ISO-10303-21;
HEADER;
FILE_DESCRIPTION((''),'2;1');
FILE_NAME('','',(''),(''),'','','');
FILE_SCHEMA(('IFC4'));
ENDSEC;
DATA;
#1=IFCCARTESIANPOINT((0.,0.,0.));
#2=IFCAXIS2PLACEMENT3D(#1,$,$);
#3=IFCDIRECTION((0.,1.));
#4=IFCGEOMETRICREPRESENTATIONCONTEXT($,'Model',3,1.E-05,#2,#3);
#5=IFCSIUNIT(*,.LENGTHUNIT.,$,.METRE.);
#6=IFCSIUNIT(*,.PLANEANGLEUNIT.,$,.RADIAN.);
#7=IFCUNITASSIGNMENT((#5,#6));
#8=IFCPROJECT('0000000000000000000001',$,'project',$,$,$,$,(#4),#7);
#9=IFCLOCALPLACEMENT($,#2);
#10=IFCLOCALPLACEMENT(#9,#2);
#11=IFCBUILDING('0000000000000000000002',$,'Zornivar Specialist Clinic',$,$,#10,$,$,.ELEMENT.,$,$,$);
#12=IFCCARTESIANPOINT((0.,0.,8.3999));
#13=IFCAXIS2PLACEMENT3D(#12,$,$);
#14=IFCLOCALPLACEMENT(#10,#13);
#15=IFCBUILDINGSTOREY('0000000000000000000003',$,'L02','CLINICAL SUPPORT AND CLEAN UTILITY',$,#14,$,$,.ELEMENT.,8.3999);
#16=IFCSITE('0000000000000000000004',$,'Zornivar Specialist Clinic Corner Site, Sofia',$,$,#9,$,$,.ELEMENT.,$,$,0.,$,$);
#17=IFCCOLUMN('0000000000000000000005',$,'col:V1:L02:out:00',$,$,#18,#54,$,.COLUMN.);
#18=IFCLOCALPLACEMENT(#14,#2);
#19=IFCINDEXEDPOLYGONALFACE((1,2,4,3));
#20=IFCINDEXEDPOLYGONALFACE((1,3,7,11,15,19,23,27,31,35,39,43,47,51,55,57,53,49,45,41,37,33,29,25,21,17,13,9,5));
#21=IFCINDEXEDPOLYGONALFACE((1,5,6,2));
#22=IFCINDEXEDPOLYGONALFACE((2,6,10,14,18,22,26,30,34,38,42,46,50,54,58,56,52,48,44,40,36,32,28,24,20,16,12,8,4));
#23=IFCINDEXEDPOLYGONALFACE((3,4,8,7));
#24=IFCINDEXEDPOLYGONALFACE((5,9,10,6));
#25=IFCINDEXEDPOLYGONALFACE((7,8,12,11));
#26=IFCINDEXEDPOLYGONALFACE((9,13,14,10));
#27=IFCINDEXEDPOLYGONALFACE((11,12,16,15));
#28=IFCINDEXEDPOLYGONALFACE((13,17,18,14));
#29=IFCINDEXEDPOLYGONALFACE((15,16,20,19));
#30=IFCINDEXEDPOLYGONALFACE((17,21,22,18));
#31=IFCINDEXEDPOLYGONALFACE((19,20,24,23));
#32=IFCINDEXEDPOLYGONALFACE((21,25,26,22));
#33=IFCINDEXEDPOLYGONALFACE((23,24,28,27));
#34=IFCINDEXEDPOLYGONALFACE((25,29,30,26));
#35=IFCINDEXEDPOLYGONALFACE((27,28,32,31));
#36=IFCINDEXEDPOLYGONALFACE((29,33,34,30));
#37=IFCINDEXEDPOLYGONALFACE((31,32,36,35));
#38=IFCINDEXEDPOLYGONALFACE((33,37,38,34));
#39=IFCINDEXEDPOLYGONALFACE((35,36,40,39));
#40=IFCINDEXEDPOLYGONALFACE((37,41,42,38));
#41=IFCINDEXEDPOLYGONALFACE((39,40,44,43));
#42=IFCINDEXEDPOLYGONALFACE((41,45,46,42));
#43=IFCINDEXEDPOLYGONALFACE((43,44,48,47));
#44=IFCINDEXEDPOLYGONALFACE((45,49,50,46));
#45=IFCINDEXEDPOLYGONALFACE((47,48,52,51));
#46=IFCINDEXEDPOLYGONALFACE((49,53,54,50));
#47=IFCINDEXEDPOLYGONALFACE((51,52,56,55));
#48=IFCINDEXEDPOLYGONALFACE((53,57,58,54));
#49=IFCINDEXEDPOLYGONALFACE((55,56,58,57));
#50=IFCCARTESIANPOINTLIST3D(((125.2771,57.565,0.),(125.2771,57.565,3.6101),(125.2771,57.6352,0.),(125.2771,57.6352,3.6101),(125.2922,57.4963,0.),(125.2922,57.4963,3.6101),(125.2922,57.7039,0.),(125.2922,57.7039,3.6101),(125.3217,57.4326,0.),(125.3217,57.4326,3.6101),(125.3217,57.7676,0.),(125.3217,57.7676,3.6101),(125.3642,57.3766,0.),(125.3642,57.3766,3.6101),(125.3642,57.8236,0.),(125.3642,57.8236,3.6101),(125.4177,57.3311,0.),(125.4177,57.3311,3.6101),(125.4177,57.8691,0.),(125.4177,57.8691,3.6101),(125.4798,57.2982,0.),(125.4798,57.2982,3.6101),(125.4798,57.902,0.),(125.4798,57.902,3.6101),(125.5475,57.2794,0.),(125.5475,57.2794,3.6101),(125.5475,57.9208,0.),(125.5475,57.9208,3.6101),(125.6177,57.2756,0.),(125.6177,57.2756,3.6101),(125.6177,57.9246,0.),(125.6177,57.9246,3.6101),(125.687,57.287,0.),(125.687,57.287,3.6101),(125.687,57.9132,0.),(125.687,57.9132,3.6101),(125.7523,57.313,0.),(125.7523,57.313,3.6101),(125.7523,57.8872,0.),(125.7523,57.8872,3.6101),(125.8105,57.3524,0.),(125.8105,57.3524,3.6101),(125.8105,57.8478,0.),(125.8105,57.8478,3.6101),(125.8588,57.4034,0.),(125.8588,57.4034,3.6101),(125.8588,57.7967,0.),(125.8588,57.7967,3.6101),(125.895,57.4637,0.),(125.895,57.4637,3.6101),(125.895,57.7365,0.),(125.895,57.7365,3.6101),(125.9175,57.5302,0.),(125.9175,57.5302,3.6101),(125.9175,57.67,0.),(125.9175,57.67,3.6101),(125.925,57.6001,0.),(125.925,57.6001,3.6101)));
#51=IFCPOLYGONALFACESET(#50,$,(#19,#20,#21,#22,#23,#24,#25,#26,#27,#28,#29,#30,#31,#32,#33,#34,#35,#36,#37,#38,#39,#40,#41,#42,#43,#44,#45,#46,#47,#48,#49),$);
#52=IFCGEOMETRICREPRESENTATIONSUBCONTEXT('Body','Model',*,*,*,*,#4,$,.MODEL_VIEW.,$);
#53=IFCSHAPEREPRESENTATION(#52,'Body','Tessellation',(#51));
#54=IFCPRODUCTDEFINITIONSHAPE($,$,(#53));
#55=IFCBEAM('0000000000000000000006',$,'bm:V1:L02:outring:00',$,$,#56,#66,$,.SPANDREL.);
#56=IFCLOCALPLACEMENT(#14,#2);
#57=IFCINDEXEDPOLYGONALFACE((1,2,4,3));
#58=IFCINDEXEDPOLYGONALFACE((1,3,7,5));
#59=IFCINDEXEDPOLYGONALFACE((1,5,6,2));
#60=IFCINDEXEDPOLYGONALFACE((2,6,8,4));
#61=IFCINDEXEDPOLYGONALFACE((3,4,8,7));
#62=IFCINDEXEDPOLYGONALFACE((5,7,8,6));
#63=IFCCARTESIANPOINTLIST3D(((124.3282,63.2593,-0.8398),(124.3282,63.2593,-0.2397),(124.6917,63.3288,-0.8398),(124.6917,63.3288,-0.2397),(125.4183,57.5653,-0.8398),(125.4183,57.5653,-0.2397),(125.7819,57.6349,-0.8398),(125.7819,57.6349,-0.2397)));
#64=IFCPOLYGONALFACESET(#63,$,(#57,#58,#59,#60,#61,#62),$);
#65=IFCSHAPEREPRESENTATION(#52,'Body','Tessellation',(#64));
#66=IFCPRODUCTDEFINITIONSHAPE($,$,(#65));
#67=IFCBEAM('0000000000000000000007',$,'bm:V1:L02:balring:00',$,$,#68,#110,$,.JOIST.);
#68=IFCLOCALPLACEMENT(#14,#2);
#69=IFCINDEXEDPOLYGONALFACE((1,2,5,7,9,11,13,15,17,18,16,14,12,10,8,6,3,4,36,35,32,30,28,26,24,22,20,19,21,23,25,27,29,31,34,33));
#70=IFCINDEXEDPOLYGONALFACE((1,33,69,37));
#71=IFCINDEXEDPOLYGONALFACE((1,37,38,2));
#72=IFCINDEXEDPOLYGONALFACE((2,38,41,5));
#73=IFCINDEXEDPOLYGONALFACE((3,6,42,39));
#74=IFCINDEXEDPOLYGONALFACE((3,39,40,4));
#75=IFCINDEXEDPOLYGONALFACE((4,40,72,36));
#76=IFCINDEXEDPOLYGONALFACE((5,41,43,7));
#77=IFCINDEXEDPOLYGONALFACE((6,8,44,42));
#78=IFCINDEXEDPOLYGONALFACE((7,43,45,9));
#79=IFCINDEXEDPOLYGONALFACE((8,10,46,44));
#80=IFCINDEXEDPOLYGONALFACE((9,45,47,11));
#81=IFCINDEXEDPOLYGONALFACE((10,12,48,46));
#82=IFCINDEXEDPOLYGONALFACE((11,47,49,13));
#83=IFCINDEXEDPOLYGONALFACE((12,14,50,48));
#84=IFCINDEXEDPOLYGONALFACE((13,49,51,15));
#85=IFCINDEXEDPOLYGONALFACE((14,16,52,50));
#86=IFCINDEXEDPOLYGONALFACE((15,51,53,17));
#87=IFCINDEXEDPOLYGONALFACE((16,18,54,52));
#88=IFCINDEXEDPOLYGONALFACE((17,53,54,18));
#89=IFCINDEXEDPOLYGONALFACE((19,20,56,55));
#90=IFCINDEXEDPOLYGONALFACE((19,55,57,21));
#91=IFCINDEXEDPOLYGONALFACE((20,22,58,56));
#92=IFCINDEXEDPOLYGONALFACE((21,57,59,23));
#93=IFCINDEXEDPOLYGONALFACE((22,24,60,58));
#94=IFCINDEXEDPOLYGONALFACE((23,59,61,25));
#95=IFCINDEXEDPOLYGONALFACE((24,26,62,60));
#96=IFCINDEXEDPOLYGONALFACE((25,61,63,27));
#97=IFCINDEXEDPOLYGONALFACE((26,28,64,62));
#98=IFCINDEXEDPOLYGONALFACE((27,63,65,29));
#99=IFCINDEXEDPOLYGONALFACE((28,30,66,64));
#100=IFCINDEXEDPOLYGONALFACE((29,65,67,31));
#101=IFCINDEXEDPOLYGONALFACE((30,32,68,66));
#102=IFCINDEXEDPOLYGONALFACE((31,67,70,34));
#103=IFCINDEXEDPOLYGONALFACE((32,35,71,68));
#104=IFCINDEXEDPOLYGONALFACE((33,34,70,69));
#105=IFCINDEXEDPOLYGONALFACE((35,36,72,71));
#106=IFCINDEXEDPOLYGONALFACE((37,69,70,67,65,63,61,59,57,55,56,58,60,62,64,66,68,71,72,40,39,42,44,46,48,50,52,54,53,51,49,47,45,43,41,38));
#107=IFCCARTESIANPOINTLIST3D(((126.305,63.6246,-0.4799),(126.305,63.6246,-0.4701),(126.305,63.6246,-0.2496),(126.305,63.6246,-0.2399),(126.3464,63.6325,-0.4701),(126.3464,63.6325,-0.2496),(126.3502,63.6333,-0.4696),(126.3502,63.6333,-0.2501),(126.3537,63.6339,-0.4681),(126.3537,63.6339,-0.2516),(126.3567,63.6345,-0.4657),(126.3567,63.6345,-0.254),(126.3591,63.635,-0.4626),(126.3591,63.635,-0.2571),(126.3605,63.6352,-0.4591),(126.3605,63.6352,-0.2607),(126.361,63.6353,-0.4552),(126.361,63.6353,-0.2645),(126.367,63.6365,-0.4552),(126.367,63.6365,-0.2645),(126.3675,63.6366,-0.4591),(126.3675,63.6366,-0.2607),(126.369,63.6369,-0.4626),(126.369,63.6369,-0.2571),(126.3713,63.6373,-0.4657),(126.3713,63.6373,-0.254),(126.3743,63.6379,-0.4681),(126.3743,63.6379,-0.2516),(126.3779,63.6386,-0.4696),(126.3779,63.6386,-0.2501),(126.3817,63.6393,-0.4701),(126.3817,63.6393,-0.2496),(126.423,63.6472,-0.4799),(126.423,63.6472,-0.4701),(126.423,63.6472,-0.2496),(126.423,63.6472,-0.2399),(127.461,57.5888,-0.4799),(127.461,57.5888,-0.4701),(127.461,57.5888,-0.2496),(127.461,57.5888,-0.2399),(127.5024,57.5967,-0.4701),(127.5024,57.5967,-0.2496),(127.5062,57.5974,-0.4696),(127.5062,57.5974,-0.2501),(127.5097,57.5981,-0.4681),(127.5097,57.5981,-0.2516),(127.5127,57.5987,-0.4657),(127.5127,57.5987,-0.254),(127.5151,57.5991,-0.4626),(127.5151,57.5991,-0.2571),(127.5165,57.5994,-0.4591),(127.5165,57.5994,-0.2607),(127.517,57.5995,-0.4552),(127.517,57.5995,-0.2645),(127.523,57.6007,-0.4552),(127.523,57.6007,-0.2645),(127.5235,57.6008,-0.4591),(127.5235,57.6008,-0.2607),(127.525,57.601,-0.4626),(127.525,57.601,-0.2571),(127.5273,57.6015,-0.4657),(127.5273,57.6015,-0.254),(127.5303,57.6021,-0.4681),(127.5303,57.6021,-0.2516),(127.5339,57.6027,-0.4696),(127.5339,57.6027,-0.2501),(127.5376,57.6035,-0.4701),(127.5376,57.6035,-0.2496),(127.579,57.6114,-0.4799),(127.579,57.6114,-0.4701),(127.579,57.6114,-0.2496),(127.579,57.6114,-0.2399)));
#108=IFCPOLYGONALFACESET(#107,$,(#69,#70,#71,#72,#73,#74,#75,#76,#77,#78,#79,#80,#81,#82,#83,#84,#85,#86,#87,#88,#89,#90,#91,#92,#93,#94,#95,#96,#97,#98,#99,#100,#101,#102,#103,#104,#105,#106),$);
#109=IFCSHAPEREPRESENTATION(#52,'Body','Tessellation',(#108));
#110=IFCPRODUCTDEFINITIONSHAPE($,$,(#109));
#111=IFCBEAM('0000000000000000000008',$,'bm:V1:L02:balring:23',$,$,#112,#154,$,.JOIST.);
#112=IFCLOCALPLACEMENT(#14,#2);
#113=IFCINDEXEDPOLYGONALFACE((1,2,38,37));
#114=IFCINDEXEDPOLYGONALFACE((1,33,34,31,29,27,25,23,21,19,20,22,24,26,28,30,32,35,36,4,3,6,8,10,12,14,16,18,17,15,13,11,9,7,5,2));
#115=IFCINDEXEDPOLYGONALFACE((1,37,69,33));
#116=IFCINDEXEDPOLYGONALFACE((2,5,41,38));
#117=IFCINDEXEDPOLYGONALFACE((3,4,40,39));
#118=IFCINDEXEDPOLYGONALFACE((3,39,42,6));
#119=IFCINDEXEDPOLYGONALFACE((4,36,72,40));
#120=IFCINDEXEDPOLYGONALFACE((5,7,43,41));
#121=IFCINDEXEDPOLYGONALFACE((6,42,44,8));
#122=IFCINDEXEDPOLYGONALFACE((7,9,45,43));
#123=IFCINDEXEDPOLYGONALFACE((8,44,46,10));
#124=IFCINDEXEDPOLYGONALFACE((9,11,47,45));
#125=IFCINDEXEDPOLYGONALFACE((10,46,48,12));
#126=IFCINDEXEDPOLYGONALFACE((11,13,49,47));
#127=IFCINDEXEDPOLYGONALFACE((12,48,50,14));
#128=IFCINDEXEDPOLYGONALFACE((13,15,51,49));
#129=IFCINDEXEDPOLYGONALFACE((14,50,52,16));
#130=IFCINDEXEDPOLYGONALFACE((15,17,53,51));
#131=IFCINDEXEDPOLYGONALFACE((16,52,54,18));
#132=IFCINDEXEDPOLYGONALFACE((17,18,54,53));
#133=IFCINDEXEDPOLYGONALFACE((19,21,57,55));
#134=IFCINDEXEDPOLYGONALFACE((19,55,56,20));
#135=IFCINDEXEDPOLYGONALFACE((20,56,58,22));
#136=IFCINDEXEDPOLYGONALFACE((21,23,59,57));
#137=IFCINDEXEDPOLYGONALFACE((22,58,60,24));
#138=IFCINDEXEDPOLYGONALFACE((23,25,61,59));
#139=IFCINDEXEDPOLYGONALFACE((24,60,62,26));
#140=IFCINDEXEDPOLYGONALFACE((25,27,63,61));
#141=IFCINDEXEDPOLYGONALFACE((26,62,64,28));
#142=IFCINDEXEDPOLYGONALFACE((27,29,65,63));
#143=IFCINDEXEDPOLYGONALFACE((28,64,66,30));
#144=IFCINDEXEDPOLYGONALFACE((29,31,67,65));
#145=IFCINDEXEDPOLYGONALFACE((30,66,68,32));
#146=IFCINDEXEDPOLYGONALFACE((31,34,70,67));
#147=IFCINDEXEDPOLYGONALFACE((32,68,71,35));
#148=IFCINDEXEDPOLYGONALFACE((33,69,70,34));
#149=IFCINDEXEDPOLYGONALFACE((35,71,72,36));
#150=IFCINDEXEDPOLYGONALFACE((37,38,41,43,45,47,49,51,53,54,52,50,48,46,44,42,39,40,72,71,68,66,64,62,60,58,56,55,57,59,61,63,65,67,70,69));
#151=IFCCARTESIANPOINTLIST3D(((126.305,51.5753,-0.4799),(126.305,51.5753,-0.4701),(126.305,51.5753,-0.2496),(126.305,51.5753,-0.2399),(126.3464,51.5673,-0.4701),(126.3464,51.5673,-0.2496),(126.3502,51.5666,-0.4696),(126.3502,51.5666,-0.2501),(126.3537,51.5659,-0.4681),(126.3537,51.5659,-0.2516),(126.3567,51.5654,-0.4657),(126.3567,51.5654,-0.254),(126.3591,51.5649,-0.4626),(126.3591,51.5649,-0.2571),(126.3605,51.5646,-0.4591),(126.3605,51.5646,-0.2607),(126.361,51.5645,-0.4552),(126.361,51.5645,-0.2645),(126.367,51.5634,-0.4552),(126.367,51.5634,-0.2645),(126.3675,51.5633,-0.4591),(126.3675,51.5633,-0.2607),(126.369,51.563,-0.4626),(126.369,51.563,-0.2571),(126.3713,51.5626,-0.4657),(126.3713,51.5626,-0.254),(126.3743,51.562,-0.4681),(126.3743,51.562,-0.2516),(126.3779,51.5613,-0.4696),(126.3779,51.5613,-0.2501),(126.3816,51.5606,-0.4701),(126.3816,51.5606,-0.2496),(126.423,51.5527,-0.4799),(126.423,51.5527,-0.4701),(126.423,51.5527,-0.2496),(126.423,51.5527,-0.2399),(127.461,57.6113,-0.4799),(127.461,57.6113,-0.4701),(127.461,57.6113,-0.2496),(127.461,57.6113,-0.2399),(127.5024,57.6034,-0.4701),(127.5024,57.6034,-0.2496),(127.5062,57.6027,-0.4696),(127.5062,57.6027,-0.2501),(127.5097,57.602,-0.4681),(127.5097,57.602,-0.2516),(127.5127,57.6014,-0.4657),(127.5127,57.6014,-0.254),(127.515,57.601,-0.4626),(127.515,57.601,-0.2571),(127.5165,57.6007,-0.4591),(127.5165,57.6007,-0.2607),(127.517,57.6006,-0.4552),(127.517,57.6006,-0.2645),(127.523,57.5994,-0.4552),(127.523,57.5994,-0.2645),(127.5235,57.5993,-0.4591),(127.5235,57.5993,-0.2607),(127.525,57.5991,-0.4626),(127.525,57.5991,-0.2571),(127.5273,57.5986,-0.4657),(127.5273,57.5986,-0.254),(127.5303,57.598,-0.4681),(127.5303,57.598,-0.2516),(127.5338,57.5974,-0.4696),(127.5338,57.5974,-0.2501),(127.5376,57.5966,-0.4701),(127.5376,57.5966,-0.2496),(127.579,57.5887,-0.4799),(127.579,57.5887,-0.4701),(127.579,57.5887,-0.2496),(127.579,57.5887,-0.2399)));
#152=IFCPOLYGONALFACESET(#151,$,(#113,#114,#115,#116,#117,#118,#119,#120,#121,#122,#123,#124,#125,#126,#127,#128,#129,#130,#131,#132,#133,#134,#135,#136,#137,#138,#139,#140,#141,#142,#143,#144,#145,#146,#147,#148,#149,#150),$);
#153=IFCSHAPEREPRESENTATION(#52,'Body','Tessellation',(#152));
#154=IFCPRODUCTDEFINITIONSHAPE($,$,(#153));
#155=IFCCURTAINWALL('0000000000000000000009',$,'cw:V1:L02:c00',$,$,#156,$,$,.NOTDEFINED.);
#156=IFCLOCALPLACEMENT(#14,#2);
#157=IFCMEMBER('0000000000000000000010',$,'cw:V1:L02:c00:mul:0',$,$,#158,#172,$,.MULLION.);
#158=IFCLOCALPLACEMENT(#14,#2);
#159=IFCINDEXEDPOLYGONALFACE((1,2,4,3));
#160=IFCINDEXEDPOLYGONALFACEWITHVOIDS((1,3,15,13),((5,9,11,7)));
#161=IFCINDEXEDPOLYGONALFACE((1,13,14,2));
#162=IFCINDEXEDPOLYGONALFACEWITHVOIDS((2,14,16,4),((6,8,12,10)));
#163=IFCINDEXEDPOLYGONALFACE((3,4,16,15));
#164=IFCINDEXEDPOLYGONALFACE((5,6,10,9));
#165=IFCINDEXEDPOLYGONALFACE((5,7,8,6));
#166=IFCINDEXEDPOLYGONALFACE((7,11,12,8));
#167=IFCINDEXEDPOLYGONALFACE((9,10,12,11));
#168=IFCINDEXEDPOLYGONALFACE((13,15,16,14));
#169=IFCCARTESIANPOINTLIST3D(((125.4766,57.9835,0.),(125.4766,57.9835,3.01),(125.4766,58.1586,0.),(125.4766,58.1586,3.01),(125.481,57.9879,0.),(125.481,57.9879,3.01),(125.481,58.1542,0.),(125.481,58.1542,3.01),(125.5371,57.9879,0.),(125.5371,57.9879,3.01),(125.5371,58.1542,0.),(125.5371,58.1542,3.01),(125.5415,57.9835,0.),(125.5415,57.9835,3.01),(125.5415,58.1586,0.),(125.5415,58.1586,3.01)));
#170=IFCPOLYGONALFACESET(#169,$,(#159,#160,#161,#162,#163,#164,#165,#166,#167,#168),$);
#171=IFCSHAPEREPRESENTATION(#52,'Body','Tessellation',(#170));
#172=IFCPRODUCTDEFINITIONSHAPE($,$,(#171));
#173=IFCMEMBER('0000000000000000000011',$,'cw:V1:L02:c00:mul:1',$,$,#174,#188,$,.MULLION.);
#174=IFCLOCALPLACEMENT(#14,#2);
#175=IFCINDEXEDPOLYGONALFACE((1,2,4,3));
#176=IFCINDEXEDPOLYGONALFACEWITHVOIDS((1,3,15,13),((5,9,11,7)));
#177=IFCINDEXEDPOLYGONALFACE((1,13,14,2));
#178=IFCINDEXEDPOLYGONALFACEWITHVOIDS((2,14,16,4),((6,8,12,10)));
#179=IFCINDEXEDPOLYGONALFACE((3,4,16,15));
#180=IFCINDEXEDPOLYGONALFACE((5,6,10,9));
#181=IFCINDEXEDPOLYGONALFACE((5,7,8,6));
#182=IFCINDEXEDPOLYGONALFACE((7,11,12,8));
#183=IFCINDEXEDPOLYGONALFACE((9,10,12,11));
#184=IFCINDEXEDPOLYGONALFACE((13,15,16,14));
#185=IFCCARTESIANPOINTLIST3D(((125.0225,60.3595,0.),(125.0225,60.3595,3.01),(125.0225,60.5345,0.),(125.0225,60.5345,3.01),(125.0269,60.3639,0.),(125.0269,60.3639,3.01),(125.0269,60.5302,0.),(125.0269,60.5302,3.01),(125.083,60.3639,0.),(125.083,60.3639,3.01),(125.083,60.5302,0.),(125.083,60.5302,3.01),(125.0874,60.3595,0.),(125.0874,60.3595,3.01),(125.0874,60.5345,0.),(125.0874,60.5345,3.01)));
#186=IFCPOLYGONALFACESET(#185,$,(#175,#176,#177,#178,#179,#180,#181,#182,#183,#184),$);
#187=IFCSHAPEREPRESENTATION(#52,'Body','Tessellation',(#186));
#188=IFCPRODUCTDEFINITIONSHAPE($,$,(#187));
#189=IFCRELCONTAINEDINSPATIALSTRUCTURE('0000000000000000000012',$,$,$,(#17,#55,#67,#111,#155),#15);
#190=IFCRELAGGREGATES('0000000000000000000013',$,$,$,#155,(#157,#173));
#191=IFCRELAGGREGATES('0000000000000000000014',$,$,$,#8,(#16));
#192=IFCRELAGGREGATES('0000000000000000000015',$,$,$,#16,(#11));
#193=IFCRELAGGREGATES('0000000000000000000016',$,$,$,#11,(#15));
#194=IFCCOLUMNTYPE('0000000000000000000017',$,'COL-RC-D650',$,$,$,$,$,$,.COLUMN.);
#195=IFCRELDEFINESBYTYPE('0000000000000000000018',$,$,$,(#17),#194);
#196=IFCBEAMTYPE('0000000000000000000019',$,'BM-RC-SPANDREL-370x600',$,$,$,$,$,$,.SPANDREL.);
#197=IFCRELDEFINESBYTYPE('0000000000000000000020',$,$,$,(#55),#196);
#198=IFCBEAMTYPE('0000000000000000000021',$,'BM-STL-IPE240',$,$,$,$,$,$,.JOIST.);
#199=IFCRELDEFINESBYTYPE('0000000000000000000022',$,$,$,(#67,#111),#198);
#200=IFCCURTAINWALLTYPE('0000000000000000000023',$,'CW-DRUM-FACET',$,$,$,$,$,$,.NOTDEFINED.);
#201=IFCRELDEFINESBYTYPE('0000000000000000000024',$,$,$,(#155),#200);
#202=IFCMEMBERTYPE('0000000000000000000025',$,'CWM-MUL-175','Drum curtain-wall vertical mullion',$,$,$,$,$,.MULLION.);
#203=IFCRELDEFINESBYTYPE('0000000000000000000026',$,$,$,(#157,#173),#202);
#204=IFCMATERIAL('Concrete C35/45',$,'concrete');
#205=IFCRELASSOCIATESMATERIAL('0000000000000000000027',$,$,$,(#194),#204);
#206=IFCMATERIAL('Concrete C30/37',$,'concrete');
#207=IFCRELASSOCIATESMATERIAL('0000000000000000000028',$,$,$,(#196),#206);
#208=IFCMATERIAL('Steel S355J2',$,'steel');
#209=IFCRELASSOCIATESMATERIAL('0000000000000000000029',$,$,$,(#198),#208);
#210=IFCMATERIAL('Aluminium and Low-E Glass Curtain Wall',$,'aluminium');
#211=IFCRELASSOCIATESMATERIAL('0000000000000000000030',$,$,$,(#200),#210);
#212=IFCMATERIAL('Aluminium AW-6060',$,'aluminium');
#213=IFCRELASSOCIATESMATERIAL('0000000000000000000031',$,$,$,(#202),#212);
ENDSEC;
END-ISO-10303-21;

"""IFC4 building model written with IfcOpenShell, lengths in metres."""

from ifc_helpers import new_model, si_unit, direction, frame, origin, origin_2d, place, context, subcontext, project, spatial, rectangle, hollow_rectangle, circle, i_section, extrude, material, material_profile, profile_set, type_object, element, aggregate, save


model = new_model("IFC4")

# Units and contexts
model_context = context("Model", 3, precision=1e-05, world=origin(), true_north=direction((0.0, 1.0)))
body_context = subcontext(model_context, "Body", "Model", "MODEL_VIEW")
ifc_project = project(units=[si_unit("LENGTHUNIT", "METRE"), si_unit("PLANEANGLEUNIT", "RADIAN")], contexts=[model_context])

# Site, building, storey
site_placement = place(None, origin())
site = spatial("IfcSite", under=ifc_project, at=site_placement, Name="Zornivar Specialist Clinic Corner Site, Sofia", CompositionType="ELEMENT", RefElevation=0.0)
building_placement = place(site_placement, origin())
building = spatial("IfcBuilding", under=site, at=building_placement, Name="Zornivar Specialist Clinic", CompositionType="ELEMENT")
storey_placement = place(building_placement, frame((0.0, 0.0, 8.3999)))
storey = spatial("IfcBuildingStorey", under=building, at=storey_placement, Name="L02", Description="CLINICAL SUPPORT AND CLEAN UTILITY", CompositionType="ELEMENT", Elevation=8.3999)

# Column
ifc_material_1 = material(Name="Concrete C35/45", Category="concrete")
ifc_material_profile_1 = material_profile(ifc_material_1, circle(Radius=0.325, at=origin_2d()), Name="RC D650")
ifc_profile_set_1 = profile_set([ifc_material_profile_1], Name="Concrete C35/45")
column_type = type_object("IfcColumnType", Name="COL-RC-D650", PredefinedType="COLUMN", material=ifc_profile_set_1)
column_placement = place(storey_placement, frame((125.6001, 57.6001, 0.0), z_axis=(0.0, 0.0, 1.0), x_axis=(1.0, 0.0, 0.0)))
element("IfcColumn", 1, at=column_placement, inside=storey, type_object=column_type, Name="col:V1:L02:out:00", PredefinedType="COLUMN", context=body_context, shape_type="SweptSolid", body=[
    extrude(circle(Radius=0.325, at=origin_2d()), origin(), (0.0, 0.0, 1.0), 3.6101),
])

# Beams
ifc_material_2 = material(Name="Concrete C30/37", Category="concrete")
ifc_material_profile_2 = material_profile(ifc_material_2, rectangle(XDim=0.3701, YDim=0.6001, at=origin_2d()), Name="RC 370x600")
ifc_profile_set_2 = profile_set([ifc_material_profile_2], Name="Concrete C30/37")
beam_type_1 = type_object("IfcBeamType", Name="BM-RC-SPANDREL-370x600", PredefinedType="SPANDREL", material=ifc_profile_set_2)
beam_1_placement = place(storey_placement, frame((125.6001, 57.6001, -0.5398), z_axis=(-0.188035, 0.982162, 0.0), x_axis=(-0.982162, -0.188035, 0.0)))
element("IfcBeam", 2, at=beam_1_placement, inside=storey, type_object=beam_type_1, Name="bm:V1:L02:outring:00", PredefinedType="SPANDREL", context=body_context, shape_type="SweptSolid", body=[
    extrude(rectangle(XDim=0.3701, YDim=0.6001, at=origin_2d()), origin(), (0.0, 0.0, 1.0), 5.7974),
])
ifc_material_3 = material(Name="Steel S355J2", Category="steel")
ifc_material_profile_3 = material_profile(ifc_material_3, i_section(OverallWidth=0.1201, OverallDepth=0.24, WebThickness=0.0061, FlangeThickness=0.0098, FilletRadius=0.0149, at=origin_2d()), Name="IPE 240")
ifc_profile_set_3 = profile_set([ifc_material_profile_3], Name="Steel S355J2")
beam_type_2 = type_object("IfcBeamType", Name="BM-STL-IPE240", PredefinedType="JOIST", material=ifc_profile_set_3)
beam_2_placement = place(storey_placement, frame((127.52, 57.6001, -0.3599), z_axis=(-0.188103, 0.982149, 0.0), x_axis=(-0.982149, -0.188103, 0.0)))
element("IfcBeam", 3, at=beam_2_placement, inside=storey, type_object=beam_type_2, Name="bm:V1:L02:balring:00", PredefinedType="JOIST", context=body_context, shape_type="SweptSolid", body=[
    extrude(i_section(OverallWidth=0.1201, OverallDepth=0.24, WebThickness=0.0061, FlangeThickness=0.0098, FilletRadius=0.0149, at=origin_2d()), origin(), (0.0, 0.0, 1.0), 6.1455),
])
beam_3_placement = place(storey_placement, frame((126.364, 51.564, -0.3599), z_axis=(0.188096, 0.982151, 0.0), x_axis=(-0.982151, 0.188096, 0.0)))
element("IfcBeam", 4, at=beam_3_placement, inside=storey, type_object=beam_type_2, Name="bm:V1:L02:balring:23", PredefinedType="JOIST", context=body_context, shape_type="SweptSolid", body=[
    extrude(i_section(OverallWidth=0.1201, OverallDepth=0.24, WebThickness=0.0061, FlangeThickness=0.0098, FilletRadius=0.0149, at=origin_2d()), origin(), (0.0, 0.0, 1.0), 6.1458),
])

# Curtain wall, members
ifc_material_4 = material(Name="Aluminium and Low-E Glass Curtain Wall", Category="aluminium")
curtain_wall_type = type_object("IfcCurtainWallType", Name="CW-DRUM-FACET", PredefinedType="NOTDEFINED", material=ifc_material_4)
curtain_wall_1_placement = place(storey_placement, origin())
curtain_wall_1 = element("IfcCurtainWall", 5, at=curtain_wall_1_placement, inside=storey, type_object=curtain_wall_type, Name="cw:V1:L02:c00", PredefinedType="NOTDEFINED")
ifc_material_5 = material(Name="Aluminium AW-6060", Category="aluminium")
ifc_material_profile_4 = material_profile(ifc_material_5, hollow_rectangle(XDim=0.0649, YDim=0.175, WallThickness=0.0044, at=origin_2d()), Name="ALU 65x175x4.5")
ifc_profile_set_4 = profile_set([ifc_material_profile_4], Name="Aluminium AW-6060")
member_type_1 = type_object("IfcMemberType", Name="CWM-MUL-175", Description="Drum curtain-wall vertical mullion", PredefinedType="MULLION", material=ifc_profile_set_4)
member_1_placement = place(storey_placement, frame((125.509, 58.071, 0.0), z_axis=(0.0, 0.0, 1.0), x_axis=(1.0, 0.0, 0.0)))
member_1 = element("IfcMember", 6, at=member_1_placement, type_object=member_type_1, Name="cw:V1:L02:c00:mul:0", PredefinedType="MULLION", context=body_context, shape_type="SweptSolid", body=[
    extrude(hollow_rectangle(XDim=0.0649, YDim=0.175, WallThickness=0.0044, at=origin_2d()), origin(), (0.0, 0.0, 1.0), 3.01),
])
member_2_placement = place(storey_placement, frame((125.0549, 60.447, 0.0), z_axis=(0.0, 0.0, 1.0), x_axis=(1.0, 0.0, 0.0)))
member_2 = element("IfcMember", 7, at=member_2_placement, type_object=member_type_1, Name="cw:V1:L02:c00:mul:1", PredefinedType="MULLION", context=body_context, shape_type="SweptSolid", body=[
    extrude(hollow_rectangle(XDim=0.0649, YDim=0.175, WallThickness=0.0044, at=origin_2d()), origin(), (0.0, 0.0, 1.0), 3.01),
])

aggregate(curtain_wall_1, [member_1, member_2])

save(model, "model.ifc")
